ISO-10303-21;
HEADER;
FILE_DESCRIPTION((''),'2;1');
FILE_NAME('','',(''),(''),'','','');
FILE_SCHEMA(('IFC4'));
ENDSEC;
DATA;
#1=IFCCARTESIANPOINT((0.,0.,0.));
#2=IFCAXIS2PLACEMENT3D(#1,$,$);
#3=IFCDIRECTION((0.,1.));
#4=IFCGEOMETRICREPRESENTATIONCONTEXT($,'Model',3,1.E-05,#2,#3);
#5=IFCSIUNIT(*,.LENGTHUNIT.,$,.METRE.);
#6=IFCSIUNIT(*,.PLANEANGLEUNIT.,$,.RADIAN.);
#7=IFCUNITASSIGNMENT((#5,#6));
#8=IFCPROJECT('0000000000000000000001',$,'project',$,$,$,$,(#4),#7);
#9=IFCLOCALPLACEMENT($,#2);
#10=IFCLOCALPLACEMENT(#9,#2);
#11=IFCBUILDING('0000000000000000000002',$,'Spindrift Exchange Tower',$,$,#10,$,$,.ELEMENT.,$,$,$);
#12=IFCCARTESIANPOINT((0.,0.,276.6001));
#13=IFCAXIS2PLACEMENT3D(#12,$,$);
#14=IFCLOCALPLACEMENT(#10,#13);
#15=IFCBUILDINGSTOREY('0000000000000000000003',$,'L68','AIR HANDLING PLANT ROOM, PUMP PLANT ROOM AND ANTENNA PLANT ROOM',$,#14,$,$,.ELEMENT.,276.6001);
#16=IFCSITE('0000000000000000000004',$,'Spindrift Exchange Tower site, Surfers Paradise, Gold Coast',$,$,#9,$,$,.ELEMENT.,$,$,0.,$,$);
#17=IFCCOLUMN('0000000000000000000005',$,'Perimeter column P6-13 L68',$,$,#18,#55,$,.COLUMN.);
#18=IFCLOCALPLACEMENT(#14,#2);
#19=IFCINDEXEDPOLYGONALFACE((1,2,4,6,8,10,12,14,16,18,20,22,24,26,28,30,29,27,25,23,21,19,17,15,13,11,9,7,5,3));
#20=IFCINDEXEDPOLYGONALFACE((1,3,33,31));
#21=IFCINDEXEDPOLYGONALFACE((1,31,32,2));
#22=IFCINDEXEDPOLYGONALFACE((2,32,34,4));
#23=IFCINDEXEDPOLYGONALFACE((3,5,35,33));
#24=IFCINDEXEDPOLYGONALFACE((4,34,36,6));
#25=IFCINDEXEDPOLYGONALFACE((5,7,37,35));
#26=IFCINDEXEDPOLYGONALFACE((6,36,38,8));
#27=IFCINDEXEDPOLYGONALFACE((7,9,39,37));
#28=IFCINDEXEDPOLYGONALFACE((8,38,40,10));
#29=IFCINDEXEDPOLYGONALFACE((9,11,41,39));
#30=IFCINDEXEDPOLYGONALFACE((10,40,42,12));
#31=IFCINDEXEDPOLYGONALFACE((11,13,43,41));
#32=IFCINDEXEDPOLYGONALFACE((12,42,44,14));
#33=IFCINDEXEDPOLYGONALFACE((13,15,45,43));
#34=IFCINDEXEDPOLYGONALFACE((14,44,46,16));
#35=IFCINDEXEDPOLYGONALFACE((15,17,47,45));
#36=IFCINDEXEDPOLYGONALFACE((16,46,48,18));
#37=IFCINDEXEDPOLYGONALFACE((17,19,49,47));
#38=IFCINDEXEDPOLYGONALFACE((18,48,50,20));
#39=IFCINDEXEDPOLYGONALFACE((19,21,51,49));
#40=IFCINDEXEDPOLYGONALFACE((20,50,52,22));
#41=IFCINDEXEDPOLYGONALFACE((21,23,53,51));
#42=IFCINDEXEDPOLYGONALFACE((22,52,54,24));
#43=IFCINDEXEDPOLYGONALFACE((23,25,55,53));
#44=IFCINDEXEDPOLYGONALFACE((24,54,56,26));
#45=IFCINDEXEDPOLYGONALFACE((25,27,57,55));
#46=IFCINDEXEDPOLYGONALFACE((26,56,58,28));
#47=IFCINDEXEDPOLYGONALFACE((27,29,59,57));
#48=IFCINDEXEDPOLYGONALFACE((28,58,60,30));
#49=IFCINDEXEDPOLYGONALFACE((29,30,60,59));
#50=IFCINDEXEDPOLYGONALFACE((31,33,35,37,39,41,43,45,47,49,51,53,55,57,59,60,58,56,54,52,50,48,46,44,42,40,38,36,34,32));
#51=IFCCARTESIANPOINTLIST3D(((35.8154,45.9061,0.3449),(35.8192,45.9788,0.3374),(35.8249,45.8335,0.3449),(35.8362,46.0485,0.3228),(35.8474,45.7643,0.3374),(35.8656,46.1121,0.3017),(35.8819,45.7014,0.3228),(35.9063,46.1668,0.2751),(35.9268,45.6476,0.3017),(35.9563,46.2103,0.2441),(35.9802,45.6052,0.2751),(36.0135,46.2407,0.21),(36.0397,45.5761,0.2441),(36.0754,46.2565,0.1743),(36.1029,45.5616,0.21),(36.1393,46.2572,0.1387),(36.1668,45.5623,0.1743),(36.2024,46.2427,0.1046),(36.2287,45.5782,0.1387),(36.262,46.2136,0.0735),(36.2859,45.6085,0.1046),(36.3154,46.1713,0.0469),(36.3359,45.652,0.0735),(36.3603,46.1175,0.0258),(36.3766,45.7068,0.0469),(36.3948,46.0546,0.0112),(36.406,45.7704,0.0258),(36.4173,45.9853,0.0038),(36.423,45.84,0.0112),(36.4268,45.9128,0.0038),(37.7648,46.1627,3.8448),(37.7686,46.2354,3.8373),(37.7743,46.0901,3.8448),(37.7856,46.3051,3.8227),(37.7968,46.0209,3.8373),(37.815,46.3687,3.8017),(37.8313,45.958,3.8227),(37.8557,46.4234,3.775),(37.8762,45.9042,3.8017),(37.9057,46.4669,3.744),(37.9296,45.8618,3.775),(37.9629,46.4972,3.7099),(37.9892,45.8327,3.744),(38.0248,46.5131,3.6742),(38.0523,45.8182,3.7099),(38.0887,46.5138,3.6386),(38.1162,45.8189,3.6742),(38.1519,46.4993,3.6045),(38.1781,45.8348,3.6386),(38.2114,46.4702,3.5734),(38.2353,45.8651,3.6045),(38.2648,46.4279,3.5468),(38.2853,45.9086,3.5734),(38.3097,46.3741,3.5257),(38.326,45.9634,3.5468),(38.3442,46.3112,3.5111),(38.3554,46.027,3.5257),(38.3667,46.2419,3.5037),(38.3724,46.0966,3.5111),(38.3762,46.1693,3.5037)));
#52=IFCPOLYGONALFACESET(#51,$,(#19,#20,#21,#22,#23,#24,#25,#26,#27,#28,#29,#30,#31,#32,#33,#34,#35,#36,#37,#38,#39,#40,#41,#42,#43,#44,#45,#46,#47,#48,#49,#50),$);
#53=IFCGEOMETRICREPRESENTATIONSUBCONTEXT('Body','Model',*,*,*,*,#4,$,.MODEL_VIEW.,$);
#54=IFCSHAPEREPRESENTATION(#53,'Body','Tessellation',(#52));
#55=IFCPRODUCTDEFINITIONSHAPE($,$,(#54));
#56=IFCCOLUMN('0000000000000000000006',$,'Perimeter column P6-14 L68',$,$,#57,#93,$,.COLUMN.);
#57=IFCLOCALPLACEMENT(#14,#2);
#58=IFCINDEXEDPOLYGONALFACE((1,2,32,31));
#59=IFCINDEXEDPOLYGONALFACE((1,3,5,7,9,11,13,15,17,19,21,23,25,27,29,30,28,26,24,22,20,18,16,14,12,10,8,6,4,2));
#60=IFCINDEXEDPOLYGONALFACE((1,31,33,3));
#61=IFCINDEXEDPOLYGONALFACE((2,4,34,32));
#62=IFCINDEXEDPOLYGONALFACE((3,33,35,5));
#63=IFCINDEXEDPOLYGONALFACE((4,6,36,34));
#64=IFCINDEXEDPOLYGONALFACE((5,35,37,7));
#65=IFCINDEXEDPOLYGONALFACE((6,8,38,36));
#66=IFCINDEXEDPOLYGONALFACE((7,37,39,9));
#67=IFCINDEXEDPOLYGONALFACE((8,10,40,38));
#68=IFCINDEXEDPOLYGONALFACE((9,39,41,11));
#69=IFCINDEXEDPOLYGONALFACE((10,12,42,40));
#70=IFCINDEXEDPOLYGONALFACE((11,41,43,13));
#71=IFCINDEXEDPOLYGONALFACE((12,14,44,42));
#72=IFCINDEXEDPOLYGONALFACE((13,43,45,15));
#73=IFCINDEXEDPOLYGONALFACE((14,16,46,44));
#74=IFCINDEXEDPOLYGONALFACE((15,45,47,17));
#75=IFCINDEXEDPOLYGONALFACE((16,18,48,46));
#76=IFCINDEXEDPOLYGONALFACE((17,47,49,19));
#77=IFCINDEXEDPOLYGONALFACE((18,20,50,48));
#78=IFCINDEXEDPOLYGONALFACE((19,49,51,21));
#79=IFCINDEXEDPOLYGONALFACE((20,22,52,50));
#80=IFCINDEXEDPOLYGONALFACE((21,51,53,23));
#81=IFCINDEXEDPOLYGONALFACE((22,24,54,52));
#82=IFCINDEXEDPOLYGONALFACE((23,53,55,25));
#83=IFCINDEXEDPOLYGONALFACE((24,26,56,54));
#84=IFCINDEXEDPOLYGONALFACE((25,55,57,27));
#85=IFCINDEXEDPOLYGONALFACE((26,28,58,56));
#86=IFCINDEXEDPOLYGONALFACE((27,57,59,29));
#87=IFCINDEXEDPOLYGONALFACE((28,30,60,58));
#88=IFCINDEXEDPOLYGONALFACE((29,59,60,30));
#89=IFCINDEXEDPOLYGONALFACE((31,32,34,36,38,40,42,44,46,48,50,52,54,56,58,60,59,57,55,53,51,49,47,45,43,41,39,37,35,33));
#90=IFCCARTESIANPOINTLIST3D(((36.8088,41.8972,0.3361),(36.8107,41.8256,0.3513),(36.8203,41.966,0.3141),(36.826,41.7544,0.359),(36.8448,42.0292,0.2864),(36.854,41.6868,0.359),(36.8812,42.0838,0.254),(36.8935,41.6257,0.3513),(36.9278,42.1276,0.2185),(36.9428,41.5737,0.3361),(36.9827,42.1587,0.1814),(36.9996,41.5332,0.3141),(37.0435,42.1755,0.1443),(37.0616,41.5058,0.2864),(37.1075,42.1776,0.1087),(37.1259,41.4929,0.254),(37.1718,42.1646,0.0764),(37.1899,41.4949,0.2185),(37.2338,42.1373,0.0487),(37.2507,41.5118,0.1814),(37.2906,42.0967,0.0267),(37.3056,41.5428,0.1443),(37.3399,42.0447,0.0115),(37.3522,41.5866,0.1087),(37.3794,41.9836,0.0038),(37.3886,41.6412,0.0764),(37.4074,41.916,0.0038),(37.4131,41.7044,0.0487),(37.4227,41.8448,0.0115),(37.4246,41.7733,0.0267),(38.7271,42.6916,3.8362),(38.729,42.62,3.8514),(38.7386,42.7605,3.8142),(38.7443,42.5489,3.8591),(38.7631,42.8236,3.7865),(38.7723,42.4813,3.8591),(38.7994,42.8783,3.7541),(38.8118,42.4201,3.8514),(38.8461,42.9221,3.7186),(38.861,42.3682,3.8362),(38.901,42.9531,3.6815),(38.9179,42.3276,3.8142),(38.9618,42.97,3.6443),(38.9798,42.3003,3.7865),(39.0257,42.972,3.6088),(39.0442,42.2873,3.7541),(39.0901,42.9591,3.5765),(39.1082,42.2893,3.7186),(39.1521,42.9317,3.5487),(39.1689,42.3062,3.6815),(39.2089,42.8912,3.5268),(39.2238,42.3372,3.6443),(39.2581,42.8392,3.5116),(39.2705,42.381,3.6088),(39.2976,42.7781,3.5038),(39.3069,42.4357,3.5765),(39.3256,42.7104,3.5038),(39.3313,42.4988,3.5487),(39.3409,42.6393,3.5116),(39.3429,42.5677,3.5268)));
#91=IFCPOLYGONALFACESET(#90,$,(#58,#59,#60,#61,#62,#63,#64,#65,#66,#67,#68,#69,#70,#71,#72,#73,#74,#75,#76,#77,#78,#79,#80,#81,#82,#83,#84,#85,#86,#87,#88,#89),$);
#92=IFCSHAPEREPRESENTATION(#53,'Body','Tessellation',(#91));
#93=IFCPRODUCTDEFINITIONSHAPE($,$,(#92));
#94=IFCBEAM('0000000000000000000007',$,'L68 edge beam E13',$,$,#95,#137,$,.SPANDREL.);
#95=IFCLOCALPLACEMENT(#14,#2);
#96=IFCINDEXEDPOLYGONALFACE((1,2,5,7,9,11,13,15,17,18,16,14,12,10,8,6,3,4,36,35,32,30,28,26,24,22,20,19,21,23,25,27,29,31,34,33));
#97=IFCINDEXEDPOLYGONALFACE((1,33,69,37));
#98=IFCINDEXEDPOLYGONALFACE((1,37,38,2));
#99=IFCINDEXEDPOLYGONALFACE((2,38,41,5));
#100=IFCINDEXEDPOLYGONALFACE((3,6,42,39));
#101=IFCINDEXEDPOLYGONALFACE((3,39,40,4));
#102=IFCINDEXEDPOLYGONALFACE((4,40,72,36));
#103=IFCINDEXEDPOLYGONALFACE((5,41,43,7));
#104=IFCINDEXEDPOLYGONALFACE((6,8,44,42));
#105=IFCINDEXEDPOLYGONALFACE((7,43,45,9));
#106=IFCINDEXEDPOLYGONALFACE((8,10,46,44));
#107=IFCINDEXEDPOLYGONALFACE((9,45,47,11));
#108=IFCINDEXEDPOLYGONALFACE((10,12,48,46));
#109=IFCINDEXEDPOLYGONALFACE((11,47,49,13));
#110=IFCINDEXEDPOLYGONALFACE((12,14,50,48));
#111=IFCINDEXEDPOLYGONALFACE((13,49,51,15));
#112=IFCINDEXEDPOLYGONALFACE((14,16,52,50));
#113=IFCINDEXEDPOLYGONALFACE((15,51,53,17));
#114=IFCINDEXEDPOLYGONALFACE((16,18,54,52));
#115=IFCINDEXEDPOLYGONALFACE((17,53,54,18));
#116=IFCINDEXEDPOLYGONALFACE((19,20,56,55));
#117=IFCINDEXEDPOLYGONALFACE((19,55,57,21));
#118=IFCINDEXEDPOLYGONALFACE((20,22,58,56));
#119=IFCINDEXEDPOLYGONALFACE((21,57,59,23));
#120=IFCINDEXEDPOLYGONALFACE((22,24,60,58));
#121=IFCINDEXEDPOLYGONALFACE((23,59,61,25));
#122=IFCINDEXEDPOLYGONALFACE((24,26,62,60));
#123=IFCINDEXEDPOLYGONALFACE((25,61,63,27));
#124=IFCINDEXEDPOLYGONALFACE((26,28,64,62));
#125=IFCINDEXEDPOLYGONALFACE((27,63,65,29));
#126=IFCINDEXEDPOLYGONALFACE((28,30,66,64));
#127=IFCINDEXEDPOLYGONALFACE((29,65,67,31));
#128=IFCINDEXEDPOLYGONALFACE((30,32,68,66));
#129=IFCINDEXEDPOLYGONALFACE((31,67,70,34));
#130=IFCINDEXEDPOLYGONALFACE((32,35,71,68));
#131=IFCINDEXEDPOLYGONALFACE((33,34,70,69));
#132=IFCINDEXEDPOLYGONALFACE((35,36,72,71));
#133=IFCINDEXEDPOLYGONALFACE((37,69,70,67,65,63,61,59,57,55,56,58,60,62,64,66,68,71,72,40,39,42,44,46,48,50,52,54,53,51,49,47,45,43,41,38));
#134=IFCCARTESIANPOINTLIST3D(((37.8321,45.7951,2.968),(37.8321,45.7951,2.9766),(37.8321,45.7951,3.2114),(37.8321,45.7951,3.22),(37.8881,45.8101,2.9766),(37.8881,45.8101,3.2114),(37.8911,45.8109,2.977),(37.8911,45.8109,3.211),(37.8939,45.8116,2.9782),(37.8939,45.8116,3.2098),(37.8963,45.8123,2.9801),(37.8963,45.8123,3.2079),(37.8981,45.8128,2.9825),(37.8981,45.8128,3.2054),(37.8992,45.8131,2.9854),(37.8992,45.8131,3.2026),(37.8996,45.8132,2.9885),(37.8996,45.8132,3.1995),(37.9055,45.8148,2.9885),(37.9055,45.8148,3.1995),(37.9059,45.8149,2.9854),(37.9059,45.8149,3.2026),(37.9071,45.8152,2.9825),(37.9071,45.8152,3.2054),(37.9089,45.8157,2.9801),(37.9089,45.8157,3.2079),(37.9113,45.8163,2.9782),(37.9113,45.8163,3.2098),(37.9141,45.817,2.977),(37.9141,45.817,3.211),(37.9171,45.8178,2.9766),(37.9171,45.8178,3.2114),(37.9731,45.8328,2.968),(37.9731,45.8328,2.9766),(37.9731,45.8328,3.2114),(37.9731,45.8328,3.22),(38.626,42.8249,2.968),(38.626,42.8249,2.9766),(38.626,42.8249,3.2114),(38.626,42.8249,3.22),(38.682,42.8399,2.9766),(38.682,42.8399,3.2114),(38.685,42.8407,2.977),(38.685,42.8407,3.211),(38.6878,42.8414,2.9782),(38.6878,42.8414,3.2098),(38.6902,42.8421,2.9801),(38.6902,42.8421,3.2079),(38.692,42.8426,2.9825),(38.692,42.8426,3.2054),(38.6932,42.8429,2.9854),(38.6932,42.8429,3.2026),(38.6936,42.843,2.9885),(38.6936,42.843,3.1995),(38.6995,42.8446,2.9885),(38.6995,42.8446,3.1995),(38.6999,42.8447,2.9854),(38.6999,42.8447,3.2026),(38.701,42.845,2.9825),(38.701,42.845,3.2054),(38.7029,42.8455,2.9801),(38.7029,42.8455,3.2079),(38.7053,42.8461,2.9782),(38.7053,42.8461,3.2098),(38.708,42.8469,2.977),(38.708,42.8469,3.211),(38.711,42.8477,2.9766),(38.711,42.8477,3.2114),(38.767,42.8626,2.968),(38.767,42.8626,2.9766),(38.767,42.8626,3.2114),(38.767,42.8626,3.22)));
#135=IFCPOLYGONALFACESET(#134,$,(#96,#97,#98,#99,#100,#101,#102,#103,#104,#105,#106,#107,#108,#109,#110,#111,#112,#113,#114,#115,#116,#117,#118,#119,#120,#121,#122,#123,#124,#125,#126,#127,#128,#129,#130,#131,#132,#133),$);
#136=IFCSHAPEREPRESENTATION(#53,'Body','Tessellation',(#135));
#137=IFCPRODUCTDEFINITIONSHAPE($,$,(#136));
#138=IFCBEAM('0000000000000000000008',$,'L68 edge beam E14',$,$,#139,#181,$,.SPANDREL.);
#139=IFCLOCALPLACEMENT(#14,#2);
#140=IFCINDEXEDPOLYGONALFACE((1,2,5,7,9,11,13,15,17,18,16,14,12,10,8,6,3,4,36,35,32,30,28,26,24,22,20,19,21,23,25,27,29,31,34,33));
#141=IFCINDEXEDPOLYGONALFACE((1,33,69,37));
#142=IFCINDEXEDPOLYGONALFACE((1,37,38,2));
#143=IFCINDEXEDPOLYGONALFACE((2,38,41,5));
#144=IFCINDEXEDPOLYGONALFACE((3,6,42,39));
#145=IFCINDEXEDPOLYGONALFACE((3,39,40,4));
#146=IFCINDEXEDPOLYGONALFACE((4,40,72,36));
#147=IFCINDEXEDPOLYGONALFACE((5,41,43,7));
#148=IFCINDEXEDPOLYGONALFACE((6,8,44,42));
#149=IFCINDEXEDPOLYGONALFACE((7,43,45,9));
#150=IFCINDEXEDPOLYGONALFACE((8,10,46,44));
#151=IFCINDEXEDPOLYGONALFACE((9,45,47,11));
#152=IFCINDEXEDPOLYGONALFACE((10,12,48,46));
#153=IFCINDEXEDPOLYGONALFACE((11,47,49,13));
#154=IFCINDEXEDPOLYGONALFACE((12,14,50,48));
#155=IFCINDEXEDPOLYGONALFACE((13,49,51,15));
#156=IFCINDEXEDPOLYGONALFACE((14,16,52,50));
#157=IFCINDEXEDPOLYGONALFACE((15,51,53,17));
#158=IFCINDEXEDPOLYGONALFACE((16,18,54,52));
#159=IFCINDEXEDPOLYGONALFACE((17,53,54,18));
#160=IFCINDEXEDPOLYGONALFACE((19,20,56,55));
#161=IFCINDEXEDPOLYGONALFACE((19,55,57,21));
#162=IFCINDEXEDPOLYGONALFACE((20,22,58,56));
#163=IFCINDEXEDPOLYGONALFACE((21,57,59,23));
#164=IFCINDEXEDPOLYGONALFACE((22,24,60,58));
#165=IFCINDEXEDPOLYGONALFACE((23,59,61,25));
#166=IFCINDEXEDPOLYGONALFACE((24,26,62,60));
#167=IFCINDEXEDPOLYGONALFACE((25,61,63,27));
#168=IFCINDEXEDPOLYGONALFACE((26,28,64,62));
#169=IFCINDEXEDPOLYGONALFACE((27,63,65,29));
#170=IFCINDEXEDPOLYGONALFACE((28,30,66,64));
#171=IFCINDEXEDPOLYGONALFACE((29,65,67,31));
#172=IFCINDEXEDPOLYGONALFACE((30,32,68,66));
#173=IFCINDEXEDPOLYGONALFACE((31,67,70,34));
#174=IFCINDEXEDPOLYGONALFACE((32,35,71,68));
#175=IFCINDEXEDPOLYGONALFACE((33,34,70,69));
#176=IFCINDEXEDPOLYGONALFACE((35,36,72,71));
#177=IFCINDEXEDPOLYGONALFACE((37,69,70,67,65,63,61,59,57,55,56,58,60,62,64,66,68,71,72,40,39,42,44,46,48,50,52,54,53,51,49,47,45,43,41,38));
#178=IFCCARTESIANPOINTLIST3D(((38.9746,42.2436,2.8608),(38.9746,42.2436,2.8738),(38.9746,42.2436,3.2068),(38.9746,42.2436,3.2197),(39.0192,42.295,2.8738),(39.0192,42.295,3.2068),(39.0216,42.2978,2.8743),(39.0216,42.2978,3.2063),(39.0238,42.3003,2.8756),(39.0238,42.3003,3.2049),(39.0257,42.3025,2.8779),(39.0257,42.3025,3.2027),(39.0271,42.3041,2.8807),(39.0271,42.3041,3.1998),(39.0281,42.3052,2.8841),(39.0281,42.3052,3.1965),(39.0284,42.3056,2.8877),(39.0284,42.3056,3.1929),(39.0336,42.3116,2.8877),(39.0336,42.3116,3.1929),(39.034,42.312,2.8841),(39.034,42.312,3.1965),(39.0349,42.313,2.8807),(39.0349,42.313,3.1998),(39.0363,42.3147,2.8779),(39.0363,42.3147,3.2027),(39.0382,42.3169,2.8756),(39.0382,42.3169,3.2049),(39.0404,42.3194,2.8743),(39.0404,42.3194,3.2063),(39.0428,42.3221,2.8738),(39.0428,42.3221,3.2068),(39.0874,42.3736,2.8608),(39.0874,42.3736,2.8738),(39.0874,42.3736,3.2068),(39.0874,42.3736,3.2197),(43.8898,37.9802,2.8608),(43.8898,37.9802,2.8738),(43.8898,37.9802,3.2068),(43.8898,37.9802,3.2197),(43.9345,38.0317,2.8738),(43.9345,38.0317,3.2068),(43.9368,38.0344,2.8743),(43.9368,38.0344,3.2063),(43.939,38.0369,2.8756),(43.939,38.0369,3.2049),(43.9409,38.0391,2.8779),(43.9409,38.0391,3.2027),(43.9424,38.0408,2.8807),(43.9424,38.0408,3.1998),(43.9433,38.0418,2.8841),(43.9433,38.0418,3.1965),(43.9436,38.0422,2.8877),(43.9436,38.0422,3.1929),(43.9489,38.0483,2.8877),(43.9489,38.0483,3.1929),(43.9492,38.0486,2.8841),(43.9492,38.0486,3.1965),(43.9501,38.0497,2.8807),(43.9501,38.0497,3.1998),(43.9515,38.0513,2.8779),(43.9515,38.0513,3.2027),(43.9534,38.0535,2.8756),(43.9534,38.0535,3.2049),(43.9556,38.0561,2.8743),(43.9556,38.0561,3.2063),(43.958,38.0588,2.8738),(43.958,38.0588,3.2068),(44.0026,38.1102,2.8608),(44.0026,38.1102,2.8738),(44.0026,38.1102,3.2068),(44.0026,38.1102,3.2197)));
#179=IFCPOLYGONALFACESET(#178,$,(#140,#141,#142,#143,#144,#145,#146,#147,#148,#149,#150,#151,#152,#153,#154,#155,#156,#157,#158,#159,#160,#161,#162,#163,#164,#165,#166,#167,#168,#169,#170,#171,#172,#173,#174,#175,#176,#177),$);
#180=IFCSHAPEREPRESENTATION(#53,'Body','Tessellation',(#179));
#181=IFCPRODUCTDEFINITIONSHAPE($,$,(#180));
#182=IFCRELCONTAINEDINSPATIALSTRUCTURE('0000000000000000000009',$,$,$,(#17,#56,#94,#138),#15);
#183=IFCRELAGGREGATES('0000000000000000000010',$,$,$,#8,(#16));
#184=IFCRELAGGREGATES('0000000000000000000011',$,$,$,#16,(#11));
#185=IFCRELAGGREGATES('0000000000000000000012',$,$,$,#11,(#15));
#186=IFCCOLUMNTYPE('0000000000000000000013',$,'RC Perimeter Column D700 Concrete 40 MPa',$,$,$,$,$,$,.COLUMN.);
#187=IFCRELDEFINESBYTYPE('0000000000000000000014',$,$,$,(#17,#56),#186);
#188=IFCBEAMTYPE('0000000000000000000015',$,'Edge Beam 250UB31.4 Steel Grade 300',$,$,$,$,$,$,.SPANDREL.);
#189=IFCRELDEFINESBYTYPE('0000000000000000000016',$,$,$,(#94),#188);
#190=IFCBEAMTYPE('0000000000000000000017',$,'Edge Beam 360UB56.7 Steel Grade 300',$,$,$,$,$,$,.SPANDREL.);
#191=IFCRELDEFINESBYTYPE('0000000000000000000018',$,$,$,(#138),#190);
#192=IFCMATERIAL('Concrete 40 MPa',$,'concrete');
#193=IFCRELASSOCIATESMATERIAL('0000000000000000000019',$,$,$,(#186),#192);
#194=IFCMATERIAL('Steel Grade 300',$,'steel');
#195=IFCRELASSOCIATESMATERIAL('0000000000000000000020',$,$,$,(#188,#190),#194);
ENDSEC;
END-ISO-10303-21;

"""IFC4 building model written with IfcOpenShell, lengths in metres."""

from ifc_helpers import new_model, si_unit, direction, frame, origin, origin_2d, place, context, subcontext, project, spatial, circle, i_section, extrude, source, transform, mapped, material, material_profile, profile_set, type_object, element, save


model = new_model("IFC4")

# Units and contexts
model_context = context("Model", 3, precision=1e-05, world=origin(), true_north=direction((0.0, 1.0)))
body_context = subcontext(model_context, "Body", "Model", "MODEL_VIEW")
ifc_project = project(units=[si_unit("LENGTHUNIT", "METRE"), si_unit("PLANEANGLEUNIT", "RADIAN")], contexts=[model_context])

# Site, building, storey
site_placement = place(None, origin())
site = spatial("IfcSite", under=ifc_project, at=site_placement, Name="Spindrift Exchange Tower site, Surfers Paradise, Gold Coast", CompositionType="ELEMENT", RefElevation=0.0)
building_placement = place(site_placement, origin())
building = spatial("IfcBuilding", under=site, at=building_placement, Name="Spindrift Exchange Tower", CompositionType="ELEMENT")
storey_placement = place(building_placement, frame((0.0, 0.0, 276.6001)))
storey = spatial("IfcBuildingStorey", under=building, at=storey_placement, Name="L68", Description="AIR HANDLING PLANT ROOM, PUMP PLANT ROOM AND ANTENNA PLANT ROOM", CompositionType="ELEMENT", Elevation=276.6001)

# Columns
ifc_material_1 = material(Name="Concrete 40 MPa", Category="concrete")
ifc_material_profile_1 = material_profile(ifc_material_1, circle(Radius=0.3501, at=origin_2d()), Name="RC D700")
ifc_profile_set_1 = profile_set([ifc_material_profile_1], Name="Concrete 40 MPa")
column_type = type_object("IfcColumnType", Name="RC Perimeter Column D700 Concrete 40 MPa", PredefinedType="COLUMN", material=ifc_profile_set_1)
shared_shape_1 = source(origin(), body_context, "Body", "SweptSolid", [
    extrude(circle(Radius=0.3501, at=origin_2d()), origin(), (0.0, 0.0, 1.0), 4.0144),
])
column_1_placement = place(storey_placement, frame((36.1211, 45.9094, 0.1743), z_axis=(0.485605, 0.063916, 0.871839), x_axis=(-0.130496, 0.991449, 0.0)))
element("IfcColumn", 1, at=column_1_placement, inside=storey, type_object=column_type, Name="Perimeter column P6-13 L68", PredefinedType="COLUMN", context=body_context, shape_type="MappedRepresentation", body=[
    mapped(shared_shape_1, transform((0.0, 0.0, 0.0), scale=1.0)),
])
shared_shape_2 = source(origin(), body_context, "Body", "SweptSolid", [
    extrude(circle(Radius=0.3501, at=origin_2d()), origin(), (0.0, 0.0, 1.0), 4.0696),
])
column_2_placement = place(storey_placement, frame((37.1167, 41.8352, 0.1814), z_axis=(0.471366, 0.195217, 0.860061), x_axis=(-0.382636, 0.923899, 0.0)))
element("IfcColumn", 2, at=column_2_placement, inside=storey, type_object=column_type, Name="Perimeter column P6-14 L68", PredefinedType="COLUMN", context=body_context, shape_type="MappedRepresentation", body=[
    mapped(shared_shape_2, transform((0.0, 0.0, 0.0), scale=1.0)),
])

# Beams
ifc_material_2 = material(Name="Steel Grade 300", Category="steel")
ifc_material_profile_2 = material_profile(ifc_material_2, i_section(OverallWidth=0.146, OverallDepth=0.252, WebThickness=0.0061, FlangeThickness=0.0085, FilletRadius=0.012, at=origin_2d()), Name="250UB31.4")
ifc_profile_set_2 = profile_set([ifc_material_profile_2], Name="Steel Grade 300")
beam_type_1 = type_object("IfcBeamType", Name="Edge Beam 250UB31.4 Steel Grade 300", PredefinedType="SPANDREL", material=ifc_profile_set_2)
shared_shape_3 = source(origin(), body_context, "Body", "SweptSolid", [
    extrude(i_section(OverallWidth=0.146, OverallDepth=0.252, WebThickness=0.0061, FlangeThickness=0.0085, FilletRadius=0.012, at=origin_2d()), origin(), (0.0, 0.0, 1.0), 3.0745),
])
beam_1_placement = place(storey_placement, frame((37.9026, 45.814, 3.094), z_axis=(0.258236, -0.966082, 0.0), x_axis=(0.966082, 0.258236, 0.0)))
element("IfcBeam", 3, at=beam_1_placement, inside=storey, type_object=beam_type_1, Name="L68 edge beam E13", PredefinedType="SPANDREL", context=body_context, shape_type="MappedRepresentation", body=[
    mapped(shared_shape_3, transform((0.0, 0.0, 0.0), scale=1.0)),
])
ifc_material_profile_3 = material_profile(ifc_material_2, i_section(OverallWidth=0.1721, OverallDepth=0.3589, WebThickness=0.0081, FlangeThickness=0.0129, FilletRadius=0.0139, at=origin_2d()), Name="360UB56.7")
ifc_profile_set_3 = profile_set([ifc_material_profile_3], Name="Steel Grade 300")
beam_type_2 = type_object("IfcBeamType", Name="Edge Beam 360UB56.7 Steel Grade 300", PredefinedType="SPANDREL", material=ifc_profile_set_3)
shared_shape_4 = source(origin(), body_context, "Body", "SweptSolid", [
    extrude(i_section(OverallWidth=0.1721, OverallDepth=0.3589, WebThickness=0.0081, FlangeThickness=0.0129, FilletRadius=0.0139, at=origin_2d()), origin(), (0.0, 0.0, 1.0), 6.5066),
])
beam_2_placement = place(storey_placement, frame((39.031, 42.3086, 3.0403), z_axis=(0.755422, -0.655239, 0.0), x_axis=(0.655239, 0.755422, 0.0)))
element("IfcBeam", 4, at=beam_2_placement, inside=storey, type_object=beam_type_2, Name="L68 edge beam E14", PredefinedType="SPANDREL", context=body_context, shape_type="MappedRepresentation", body=[
    mapped(shared_shape_4, transform((0.0, 0.0, 0.0), scale=1.0)),
])

save(model, "model.ifc")
